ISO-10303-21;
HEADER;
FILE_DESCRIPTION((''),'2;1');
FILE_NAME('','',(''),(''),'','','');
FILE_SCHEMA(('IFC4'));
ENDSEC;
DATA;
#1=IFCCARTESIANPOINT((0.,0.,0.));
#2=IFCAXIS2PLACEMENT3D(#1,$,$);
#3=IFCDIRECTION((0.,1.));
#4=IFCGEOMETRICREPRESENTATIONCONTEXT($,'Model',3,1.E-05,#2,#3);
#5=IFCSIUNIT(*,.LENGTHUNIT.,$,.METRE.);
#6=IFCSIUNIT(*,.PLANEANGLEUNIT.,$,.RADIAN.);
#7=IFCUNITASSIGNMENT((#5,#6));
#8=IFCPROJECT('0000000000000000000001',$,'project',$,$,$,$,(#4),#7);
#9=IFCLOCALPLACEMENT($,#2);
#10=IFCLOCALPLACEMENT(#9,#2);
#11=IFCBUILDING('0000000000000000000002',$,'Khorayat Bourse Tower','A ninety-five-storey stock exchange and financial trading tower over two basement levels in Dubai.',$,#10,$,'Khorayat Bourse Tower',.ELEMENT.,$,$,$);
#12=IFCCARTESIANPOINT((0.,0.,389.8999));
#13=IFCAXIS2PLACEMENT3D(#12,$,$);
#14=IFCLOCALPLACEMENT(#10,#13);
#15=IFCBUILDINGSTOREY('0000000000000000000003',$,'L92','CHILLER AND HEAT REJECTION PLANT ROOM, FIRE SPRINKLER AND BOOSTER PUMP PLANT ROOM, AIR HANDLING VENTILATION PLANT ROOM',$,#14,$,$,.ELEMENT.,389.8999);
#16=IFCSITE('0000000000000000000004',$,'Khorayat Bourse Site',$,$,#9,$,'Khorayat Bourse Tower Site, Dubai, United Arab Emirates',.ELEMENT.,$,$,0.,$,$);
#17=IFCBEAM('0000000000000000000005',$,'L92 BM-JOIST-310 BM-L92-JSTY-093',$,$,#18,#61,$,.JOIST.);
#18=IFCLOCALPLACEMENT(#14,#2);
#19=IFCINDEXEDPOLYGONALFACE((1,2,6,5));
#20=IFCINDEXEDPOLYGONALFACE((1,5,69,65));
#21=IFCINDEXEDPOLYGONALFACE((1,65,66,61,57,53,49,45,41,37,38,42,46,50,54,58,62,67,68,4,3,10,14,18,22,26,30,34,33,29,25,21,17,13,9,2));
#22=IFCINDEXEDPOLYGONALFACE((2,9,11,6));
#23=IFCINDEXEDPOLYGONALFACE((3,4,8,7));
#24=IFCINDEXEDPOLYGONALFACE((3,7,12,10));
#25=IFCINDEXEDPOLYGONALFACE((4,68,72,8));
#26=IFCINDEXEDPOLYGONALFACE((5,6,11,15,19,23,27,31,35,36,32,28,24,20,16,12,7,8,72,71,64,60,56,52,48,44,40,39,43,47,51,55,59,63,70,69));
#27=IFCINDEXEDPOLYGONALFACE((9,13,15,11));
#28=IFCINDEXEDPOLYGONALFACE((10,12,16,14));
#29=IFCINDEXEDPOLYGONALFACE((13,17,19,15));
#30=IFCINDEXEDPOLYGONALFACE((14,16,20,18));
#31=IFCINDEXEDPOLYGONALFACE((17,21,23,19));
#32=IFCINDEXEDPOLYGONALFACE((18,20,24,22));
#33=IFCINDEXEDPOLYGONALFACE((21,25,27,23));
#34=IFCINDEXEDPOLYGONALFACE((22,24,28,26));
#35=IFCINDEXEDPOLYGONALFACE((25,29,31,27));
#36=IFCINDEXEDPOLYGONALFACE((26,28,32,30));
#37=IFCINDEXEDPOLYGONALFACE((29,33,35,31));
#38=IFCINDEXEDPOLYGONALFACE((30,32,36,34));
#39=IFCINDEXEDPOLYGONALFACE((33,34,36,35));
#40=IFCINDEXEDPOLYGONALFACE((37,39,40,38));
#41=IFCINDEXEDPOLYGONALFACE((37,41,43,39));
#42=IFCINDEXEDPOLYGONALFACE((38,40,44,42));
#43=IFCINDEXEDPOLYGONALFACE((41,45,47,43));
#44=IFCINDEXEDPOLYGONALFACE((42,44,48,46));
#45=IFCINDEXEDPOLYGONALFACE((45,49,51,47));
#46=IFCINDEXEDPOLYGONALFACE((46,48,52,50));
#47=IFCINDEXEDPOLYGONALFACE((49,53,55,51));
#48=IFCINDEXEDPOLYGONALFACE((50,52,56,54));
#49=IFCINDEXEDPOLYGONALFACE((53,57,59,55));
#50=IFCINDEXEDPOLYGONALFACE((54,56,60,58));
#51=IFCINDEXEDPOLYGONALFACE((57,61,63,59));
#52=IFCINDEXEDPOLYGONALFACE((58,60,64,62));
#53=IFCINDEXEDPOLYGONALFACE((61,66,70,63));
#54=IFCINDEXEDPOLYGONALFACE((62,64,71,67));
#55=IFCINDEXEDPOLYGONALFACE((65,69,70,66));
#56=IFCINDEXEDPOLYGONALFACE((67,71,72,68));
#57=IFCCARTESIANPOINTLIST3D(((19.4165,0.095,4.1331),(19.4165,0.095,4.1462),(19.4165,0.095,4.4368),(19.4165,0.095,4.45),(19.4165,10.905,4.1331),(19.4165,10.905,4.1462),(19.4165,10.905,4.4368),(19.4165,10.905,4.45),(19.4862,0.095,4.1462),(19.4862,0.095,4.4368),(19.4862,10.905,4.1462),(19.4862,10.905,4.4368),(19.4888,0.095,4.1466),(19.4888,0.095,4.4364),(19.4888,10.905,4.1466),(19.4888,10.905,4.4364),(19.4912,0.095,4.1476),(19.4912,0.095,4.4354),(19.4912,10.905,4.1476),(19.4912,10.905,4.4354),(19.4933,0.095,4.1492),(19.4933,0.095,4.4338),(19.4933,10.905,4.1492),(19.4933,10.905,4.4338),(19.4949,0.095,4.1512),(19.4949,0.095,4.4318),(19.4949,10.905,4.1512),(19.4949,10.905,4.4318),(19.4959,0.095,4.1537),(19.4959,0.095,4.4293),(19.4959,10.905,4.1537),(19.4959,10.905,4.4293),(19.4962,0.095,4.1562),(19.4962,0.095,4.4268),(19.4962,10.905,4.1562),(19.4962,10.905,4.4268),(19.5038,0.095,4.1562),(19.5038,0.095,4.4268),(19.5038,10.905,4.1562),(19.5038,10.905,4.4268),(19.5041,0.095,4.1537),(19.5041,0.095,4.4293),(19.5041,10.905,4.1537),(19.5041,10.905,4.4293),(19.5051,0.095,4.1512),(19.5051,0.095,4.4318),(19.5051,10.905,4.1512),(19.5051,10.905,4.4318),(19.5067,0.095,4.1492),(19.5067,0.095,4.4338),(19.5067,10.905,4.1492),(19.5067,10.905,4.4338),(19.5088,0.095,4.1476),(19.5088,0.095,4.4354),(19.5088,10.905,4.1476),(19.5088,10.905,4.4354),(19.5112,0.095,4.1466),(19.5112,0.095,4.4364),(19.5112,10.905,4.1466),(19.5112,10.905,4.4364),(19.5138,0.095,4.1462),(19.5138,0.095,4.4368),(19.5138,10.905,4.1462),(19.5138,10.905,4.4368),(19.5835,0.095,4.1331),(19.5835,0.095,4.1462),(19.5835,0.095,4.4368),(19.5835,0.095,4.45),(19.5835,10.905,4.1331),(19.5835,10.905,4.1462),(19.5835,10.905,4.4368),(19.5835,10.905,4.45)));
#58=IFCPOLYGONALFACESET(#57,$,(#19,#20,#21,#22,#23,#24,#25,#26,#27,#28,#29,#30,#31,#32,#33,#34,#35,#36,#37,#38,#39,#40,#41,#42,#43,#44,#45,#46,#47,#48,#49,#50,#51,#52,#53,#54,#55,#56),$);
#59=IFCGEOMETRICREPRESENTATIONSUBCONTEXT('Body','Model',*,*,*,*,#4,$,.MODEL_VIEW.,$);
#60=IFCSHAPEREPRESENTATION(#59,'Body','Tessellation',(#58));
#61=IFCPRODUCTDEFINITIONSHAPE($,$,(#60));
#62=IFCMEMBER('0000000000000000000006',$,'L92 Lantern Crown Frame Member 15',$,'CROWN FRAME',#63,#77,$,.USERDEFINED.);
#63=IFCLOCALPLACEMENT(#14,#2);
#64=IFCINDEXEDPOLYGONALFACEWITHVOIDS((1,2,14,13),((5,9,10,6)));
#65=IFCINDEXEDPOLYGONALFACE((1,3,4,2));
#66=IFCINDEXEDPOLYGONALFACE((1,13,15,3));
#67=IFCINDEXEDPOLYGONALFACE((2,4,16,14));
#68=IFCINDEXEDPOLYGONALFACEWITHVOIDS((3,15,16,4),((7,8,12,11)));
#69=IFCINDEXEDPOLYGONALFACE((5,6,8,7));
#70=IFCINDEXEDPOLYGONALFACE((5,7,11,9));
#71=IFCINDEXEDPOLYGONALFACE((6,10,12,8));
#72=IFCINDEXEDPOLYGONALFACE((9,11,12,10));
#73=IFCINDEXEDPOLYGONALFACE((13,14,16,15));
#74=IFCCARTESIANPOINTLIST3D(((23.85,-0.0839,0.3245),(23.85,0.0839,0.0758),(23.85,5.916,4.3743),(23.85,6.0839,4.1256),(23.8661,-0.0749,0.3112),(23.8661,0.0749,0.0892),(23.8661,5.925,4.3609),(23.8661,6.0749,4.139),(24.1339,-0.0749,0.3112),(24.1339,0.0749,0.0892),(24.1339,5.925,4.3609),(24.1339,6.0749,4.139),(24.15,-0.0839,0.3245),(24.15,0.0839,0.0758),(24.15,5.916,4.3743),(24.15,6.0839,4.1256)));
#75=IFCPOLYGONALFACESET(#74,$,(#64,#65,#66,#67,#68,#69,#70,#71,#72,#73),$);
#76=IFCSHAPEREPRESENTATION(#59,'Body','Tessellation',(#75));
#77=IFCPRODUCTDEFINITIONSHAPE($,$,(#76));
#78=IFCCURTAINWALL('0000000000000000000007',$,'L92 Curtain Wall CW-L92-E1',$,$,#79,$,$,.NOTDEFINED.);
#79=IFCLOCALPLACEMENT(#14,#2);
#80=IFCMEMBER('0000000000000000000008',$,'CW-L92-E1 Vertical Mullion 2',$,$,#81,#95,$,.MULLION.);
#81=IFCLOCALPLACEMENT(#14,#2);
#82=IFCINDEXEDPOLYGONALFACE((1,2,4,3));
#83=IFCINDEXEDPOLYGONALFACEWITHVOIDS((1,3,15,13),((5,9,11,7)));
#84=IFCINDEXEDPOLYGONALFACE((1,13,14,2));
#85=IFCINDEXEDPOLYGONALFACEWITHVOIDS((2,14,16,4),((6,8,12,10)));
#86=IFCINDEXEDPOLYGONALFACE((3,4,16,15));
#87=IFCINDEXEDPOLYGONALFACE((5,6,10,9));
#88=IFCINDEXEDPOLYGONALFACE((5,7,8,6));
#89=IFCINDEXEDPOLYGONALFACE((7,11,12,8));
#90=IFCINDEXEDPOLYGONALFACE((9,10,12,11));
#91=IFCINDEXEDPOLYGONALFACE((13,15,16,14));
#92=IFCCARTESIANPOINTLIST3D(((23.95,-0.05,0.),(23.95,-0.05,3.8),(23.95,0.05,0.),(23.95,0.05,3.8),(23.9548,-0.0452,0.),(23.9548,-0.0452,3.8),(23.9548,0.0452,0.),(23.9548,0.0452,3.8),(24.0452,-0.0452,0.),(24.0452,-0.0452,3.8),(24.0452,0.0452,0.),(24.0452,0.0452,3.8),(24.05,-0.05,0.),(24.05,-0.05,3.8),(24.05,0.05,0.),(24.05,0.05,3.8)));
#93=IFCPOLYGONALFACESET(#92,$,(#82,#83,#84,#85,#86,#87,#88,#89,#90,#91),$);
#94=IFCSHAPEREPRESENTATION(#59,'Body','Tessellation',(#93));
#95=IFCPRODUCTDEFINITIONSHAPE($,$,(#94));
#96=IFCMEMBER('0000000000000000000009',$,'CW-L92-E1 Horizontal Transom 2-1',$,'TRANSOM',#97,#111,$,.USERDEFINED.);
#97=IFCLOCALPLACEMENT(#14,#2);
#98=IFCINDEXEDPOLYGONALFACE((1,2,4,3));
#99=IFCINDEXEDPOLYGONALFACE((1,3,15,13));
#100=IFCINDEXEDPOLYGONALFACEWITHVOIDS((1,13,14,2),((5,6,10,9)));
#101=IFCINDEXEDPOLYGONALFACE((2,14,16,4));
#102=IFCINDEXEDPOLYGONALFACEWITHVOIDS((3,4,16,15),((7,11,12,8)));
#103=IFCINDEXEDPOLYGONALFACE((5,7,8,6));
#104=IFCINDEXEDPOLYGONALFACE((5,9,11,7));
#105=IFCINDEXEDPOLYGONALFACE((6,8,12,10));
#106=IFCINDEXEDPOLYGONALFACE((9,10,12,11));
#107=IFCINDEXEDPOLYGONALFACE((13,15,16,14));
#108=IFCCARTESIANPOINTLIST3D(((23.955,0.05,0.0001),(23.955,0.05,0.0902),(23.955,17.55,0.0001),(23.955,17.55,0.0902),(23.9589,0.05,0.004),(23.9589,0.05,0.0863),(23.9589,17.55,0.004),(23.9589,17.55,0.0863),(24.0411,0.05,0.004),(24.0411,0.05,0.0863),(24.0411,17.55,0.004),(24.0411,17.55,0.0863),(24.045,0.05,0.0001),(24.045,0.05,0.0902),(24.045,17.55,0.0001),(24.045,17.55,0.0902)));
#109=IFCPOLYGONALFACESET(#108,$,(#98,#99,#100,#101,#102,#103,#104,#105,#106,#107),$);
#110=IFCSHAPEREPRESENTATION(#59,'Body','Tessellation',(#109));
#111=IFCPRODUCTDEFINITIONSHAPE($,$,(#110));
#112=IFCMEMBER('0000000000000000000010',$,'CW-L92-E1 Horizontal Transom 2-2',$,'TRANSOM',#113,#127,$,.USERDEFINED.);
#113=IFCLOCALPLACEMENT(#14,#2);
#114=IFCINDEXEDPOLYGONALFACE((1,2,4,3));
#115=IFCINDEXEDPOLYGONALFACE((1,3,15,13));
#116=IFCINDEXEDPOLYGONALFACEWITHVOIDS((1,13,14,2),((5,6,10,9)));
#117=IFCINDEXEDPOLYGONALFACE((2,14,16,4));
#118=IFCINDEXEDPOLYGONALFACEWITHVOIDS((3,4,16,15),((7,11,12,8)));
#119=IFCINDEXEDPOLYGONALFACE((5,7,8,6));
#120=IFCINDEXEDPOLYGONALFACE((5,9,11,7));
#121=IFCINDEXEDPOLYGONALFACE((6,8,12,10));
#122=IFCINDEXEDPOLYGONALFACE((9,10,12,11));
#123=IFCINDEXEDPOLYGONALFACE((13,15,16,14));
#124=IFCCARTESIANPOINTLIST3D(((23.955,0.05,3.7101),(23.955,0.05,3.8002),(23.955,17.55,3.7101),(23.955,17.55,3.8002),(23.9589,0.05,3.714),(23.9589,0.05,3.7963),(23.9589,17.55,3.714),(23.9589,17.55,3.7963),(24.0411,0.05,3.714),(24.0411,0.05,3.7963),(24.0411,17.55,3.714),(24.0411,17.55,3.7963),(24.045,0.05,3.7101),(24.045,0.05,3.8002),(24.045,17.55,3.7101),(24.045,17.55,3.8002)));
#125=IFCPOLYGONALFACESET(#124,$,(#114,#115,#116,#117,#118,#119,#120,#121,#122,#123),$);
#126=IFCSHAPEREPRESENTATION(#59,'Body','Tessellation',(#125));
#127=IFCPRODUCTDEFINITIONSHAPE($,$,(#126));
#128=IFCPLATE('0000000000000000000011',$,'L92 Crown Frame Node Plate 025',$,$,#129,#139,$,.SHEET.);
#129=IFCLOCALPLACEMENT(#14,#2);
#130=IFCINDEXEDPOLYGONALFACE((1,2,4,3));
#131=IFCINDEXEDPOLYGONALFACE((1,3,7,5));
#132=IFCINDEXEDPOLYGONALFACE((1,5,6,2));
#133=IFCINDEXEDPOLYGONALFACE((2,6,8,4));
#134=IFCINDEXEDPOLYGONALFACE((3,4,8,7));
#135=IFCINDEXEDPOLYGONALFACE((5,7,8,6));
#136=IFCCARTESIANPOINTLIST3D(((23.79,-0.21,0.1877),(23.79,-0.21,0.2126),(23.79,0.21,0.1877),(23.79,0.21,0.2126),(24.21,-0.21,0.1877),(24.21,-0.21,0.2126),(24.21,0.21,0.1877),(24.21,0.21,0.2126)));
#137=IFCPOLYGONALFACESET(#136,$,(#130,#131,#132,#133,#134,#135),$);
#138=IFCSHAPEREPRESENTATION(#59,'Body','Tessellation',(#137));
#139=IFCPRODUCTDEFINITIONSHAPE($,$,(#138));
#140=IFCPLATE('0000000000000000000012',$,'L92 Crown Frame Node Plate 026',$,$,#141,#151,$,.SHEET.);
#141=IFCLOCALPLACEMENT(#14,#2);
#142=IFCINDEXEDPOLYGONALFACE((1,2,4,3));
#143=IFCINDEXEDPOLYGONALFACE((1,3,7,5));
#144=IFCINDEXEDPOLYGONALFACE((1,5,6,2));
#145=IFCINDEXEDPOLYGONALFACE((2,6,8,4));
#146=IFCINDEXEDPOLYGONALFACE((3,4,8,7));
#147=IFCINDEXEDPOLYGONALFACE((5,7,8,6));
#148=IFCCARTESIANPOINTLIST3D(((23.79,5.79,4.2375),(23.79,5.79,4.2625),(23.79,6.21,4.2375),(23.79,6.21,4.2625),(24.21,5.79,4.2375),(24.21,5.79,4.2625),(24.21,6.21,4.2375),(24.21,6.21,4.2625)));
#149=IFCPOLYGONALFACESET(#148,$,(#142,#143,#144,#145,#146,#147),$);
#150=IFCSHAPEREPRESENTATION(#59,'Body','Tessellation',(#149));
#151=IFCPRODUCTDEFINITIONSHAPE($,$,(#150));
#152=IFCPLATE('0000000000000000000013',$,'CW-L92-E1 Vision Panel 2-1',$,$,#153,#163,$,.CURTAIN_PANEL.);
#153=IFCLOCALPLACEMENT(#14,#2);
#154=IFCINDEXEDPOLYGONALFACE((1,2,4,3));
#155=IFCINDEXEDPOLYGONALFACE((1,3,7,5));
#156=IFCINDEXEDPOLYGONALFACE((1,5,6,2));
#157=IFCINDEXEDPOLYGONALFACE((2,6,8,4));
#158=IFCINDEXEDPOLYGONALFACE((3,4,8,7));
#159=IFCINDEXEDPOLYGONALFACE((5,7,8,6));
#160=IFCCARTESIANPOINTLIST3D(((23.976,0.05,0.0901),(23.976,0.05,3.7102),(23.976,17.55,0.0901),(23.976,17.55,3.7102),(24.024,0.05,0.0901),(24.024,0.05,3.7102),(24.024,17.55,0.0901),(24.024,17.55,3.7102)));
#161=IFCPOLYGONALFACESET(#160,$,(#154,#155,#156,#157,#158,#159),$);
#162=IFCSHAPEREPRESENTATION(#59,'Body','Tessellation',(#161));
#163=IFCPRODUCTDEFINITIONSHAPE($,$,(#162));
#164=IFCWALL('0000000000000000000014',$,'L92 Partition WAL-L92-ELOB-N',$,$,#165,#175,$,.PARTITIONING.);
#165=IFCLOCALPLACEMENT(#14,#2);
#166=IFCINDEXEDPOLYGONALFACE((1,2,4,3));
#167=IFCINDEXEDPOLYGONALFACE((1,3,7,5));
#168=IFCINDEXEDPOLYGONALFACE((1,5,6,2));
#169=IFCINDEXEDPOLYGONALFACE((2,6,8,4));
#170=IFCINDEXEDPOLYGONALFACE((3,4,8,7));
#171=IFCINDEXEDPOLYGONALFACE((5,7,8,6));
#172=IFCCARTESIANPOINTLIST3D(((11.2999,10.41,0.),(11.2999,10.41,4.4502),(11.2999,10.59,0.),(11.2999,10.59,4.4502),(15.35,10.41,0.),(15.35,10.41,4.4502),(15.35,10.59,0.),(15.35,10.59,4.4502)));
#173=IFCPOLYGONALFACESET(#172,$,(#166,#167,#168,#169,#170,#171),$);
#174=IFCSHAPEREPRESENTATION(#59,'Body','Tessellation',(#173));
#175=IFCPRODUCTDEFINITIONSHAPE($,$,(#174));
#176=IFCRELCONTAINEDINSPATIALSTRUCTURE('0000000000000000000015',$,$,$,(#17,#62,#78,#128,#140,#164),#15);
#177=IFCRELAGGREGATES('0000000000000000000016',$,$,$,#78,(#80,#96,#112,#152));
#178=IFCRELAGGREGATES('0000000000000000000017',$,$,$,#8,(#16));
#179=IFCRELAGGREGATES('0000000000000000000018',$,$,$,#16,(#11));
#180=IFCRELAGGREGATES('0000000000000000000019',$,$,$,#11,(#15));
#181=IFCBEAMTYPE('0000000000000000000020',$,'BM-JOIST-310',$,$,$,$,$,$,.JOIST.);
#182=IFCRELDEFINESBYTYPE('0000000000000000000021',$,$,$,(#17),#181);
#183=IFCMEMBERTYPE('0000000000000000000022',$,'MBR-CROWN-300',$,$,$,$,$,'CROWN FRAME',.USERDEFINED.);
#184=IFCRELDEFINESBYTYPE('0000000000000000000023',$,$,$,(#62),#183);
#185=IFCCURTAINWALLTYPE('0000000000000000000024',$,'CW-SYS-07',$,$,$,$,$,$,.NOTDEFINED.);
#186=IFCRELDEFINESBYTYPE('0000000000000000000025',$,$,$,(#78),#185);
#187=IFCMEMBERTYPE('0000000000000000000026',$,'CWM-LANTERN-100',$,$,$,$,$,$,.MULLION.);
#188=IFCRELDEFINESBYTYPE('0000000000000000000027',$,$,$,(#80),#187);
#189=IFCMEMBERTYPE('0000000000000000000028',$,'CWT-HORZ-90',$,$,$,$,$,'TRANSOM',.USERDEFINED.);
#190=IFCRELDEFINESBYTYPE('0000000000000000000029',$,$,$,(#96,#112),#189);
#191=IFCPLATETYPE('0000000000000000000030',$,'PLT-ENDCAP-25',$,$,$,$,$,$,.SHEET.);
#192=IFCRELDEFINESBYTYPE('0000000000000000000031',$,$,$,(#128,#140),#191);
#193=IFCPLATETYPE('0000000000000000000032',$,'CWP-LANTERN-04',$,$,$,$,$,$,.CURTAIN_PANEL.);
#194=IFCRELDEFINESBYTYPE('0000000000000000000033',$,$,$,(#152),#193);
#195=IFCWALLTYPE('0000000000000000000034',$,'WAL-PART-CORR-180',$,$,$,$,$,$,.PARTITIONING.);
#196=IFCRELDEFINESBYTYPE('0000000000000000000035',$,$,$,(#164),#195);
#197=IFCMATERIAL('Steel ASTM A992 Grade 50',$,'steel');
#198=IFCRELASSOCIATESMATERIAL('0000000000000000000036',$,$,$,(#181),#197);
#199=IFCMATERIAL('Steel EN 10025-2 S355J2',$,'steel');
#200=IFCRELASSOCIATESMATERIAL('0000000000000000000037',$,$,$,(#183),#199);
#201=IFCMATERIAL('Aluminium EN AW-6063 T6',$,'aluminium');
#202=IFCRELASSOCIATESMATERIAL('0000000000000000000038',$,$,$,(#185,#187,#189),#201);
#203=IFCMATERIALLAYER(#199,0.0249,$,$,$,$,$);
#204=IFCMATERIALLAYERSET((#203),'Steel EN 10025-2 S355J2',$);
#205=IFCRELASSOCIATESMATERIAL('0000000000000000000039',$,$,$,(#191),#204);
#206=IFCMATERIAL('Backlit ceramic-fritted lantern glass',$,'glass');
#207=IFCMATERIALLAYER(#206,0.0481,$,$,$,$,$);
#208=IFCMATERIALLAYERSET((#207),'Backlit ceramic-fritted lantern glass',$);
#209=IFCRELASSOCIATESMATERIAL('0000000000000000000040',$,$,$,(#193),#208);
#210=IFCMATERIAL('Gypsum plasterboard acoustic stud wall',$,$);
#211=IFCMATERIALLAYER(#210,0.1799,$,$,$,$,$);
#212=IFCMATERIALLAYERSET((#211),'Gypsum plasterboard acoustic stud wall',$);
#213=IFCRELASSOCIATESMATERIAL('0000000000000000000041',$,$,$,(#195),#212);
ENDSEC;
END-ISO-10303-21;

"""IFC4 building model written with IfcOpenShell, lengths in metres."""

from ifc_helpers import new_model, si_unit, direction, frame, frame_2d, origin, origin_2d, place, context, subcontext, project, spatial, rectangle, hollow_rectangle, i_section, extrude, source, transform, mapped, material, layer, layer_set, material_profile, profile_set, type_object, element, aggregate, save


model = new_model("IFC4")

# Units and contexts
model_context = context("Model", 3, precision=1e-05, world=origin(), true_north=direction((0.0, 1.0)))
body_context = subcontext(model_context, "Body", "Model", "MODEL_VIEW")
ifc_project = project(units=[si_unit("LENGTHUNIT", "METRE"), si_unit("PLANEANGLEUNIT", "RADIAN")], contexts=[model_context])

# Site, building, storey
site_placement = place(None, origin())
site = spatial("IfcSite", under=ifc_project, at=site_placement, Name="Khorayat Bourse Site", LongName="Khorayat Bourse Tower Site, Dubai, United Arab Emirates", CompositionType="ELEMENT", RefElevation=0.0)
building_placement = place(site_placement, origin())
building = spatial("IfcBuilding", under=site, at=building_placement, Name="Khorayat Bourse Tower", Description="A ninety-five-storey stock exchange and financial trading tower over two basement levels in Dubai.", LongName="Khorayat Bourse Tower", CompositionType="ELEMENT")
storey_placement = place(building_placement, frame((0.0, 0.0, 389.8999)))
storey = spatial("IfcBuildingStorey", under=building, at=storey_placement, Name="L92", Description="CHILLER AND HEAT REJECTION PLANT ROOM, FIRE SPRINKLER AND BOOSTER PUMP PLANT ROOM, AIR HANDLING VENTILATION PLANT ROOM", CompositionType="ELEMENT", Elevation=389.8999)

# Shared definitions
ifc_material_1 = material(Name="Steel EN 10025-2 S355J2", Category="steel")

# Beam
ifc_material_2 = material(Name="Steel ASTM A992 Grade 50", Category="steel")
ifc_material_profile_1 = material_profile(ifc_material_2, i_section(OverallWidth=0.167, OverallDepth=0.3169, WebThickness=0.0076, FlangeThickness=0.0132, FilletRadius=0.01, at=origin_2d()), Name="W310X52")
ifc_profile_set_1 = profile_set([ifc_material_profile_1], Name="Steel ASTM A992 Grade 50")
beam_type_1 = type_object("IfcBeamType", Name="BM-JOIST-310", PredefinedType="JOIST", material=ifc_profile_set_1)
shared_shape_1 = source(origin(), body_context, "Body", "SweptSolid", [
    extrude(i_section(OverallWidth=0.167, OverallDepth=0.3169, WebThickness=0.0076, FlangeThickness=0.0132, FilletRadius=0.01, at=origin_2d()), origin(), (0.0, 0.0, 1.0), 10.8101),
])
beam_1_placement = place(storey_placement, frame((19.5, 0.095, 4.2915), z_axis=(0.0, 1.0, 0.0), x_axis=(-1.0, 0.0, 0.0)))
element("IfcBeam", 1, at=beam_1_placement, inside=storey, type_object=beam_type_1, Name="L92 BM-JOIST-310 BM-L92-JSTY-093", PredefinedType="JOIST", context=body_context, shape_type="MappedRepresentation", body=[
    mapped(shared_shape_1, transform((0.0, 0.0, 0.0), scale=1.0)),
])

# Member
ifc_material_profile_2 = material_profile(ifc_material_1, hollow_rectangle(XDim=0.3, YDim=0.3, WallThickness=0.0161, at=origin_2d()), Name="HSS 300x300x16")
ifc_profile_set_2 = profile_set([ifc_material_profile_2], Name="Steel EN 10025-2 S355J2")
member_type_1 = type_object("IfcMemberType", Name="MBR-CROWN-300", ElementType="CROWN FRAME", PredefinedType="USERDEFINED", material=ifc_profile_set_2)
shared_shape_2 = source(origin(), body_context, "Body", "SweptSolid", [
    extrude(hollow_rectangle(XDim=0.3, YDim=0.3, WallThickness=0.0161, at=origin_2d()), origin(), (0.0, 0.0, 1.0), 7.2388),
])
member_1_placement = place(storey_placement, frame((24.0, 0.0, 0.2002), z_axis=(0.0, 0.828861, 0.559454), x_axis=(-1.0, 0.0, 0.0)))
element("IfcMember", 2, at=member_1_placement, inside=storey, type_object=member_type_1, Name="L92 Lantern Crown Frame Member 15", ObjectType="CROWN FRAME", PredefinedType="USERDEFINED", context=body_context, shape_type="MappedRepresentation", body=[
    mapped(shared_shape_2, transform((0.0, 0.0, 0.0), scale=1.0)),
])

# Curtain wall, members
ifc_material_3 = material(Name="Aluminium EN AW-6063 T6", Category="aluminium")
curtain_wall_type = type_object("IfcCurtainWallType", Name="CW-SYS-07", PredefinedType="NOTDEFINED", material=ifc_material_3)
curtain_wall_placement = place(storey_placement, origin())
curtain_wall = element("IfcCurtainWall", 3, at=curtain_wall_placement, inside=storey, type_object=curtain_wall_type, Name="L92 Curtain Wall CW-L92-E1", PredefinedType="NOTDEFINED")
ifc_material_profile_3 = material_profile(ifc_material_3, hollow_rectangle(XDim=0.1001, YDim=0.1001, WallThickness=0.0049, at=origin_2d()), Name="ALU 100x100x5")
ifc_profile_set_3 = profile_set([ifc_material_profile_3], Name="Aluminium EN AW-6063 T6")
member_type_2 = type_object("IfcMemberType", Name="CWM-LANTERN-100", PredefinedType="MULLION", material=ifc_profile_set_3)
shared_shape_3 = source(origin(), body_context, "Body", "SweptSolid", [
    extrude(hollow_rectangle(XDim=0.1001, YDim=0.1001, WallThickness=0.0049, at=origin_2d()), origin(), (0.0, 0.0, 1.0), 3.8),
])
member_2_placement = place(storey_placement, frame((24.0, 0.0, 0.0), z_axis=(0.0, 0.0, 1.0), x_axis=(-1.0, 0.0, 0.0)))
member_2 = element("IfcMember", 4, at=member_2_placement, type_object=member_type_2, Name="CW-L92-E1 Vertical Mullion 2", PredefinedType="MULLION", context=body_context, shape_type="MappedRepresentation", body=[
    mapped(shared_shape_3, transform((0.0, 0.0, 0.0), scale=1.0)),
])
ifc_material_profile_4 = material_profile(ifc_material_3, hollow_rectangle(XDim=0.0901, YDim=0.0901, WallThickness=0.0039, at=origin_2d()), Name="ALU 90x90x4")
ifc_profile_set_4 = profile_set([ifc_material_profile_4], Name="Aluminium EN AW-6063 T6")
member_type_3 = type_object("IfcMemberType", Name="CWT-HORZ-90", ElementType="TRANSOM", PredefinedType="USERDEFINED", material=ifc_profile_set_4)
shared_shape_4 = source(origin(), body_context, "Body", "SweptSolid", [
    extrude(hollow_rectangle(XDim=0.0901, YDim=0.0901, WallThickness=0.0039, at=origin_2d()), origin(), (0.0, 0.0, 1.0), 17.5),
])
member_3_placement = place(storey_placement, frame((24.0, 0.05, 0.0452), z_axis=(0.0, 1.0, 0.0), x_axis=(-1.0, 0.0, 0.0)))
member_3 = element("IfcMember", 5, at=member_3_placement, type_object=member_type_3, Name="CW-L92-E1 Horizontal Transom 2-1", ObjectType="TRANSOM", PredefinedType="USERDEFINED", context=body_context, shape_type="MappedRepresentation", body=[
    mapped(shared_shape_4, transform((0.0, 0.0, 0.0), scale=1.0)),
])
member_4_placement = place(storey_placement, frame((24.0, 0.05, 3.7551), z_axis=(0.0, 1.0, 0.0), x_axis=(-1.0, 0.0, 0.0)))
member_4 = element("IfcMember", 6, at=member_4_placement, type_object=member_type_3, Name="CW-L92-E1 Horizontal Transom 2-2", ObjectType="TRANSOM", PredefinedType="USERDEFINED", context=body_context, shape_type="MappedRepresentation", body=[
    mapped(shared_shape_4, transform((0.0, 0.0, 0.0), scale=1.0)),
])

# Plates
ifc_layer_1 = layer(ifc_material_1, 0.0249)
ifc_layer_set_1 = layer_set([ifc_layer_1], Name="Steel EN 10025-2 S355J2")
plate_type_1 = type_object("IfcPlateType", Name="PLT-ENDCAP-25", PredefinedType="SHEET", material=ifc_layer_set_1)
shared_shape_5 = source(origin(), body_context, "Body", "SweptSolid", [
    extrude(rectangle(XDim=0.4199, YDim=0.4199, at=origin_2d()), origin(), (0.0, 0.0, 1.0), 0.0249),
])
for number, where, z_axis, x_axis, name in (
    (7, (24.0, 0.0, 0.1877), (0.0, 0.0, 1.0), (1.0, 0.0, 0.0), "L92 Crown Frame Node Plate 025"),
    (8, (24.0, 6.0, 4.2375), (0.0, 0.0, 1.0), (1.0, 0.0, 0.0), "L92 Crown Frame Node Plate 026"),
):
    element("IfcPlate", number, at=place(storey_placement, frame(where, z_axis=z_axis, x_axis=x_axis)), inside=storey, type_object=plate_type_1, Name=name, PredefinedType="SHEET", context=body_context, shape_type="MappedRepresentation", body=[
        mapped(shared_shape_5, transform((0.0, 0.0, 0.0), scale=1.0)),
    ])

# Plate
ifc_material_4 = material(Name="Backlit ceramic-fritted lantern glass", Category="glass")
ifc_layer_2 = layer(ifc_material_4, 0.0481)
ifc_layer_set_2 = layer_set([ifc_layer_2], Name="Backlit ceramic-fritted lantern glass")
plate_type_2 = type_object("IfcPlateType", Name="CWP-LANTERN-04", PredefinedType="CURTAIN_PANEL", material=ifc_layer_set_2)
shared_shape_6 = source(origin(), body_context, "Body", "SweptSolid", [
    extrude(rectangle(XDim=17.5, YDim=0.0481, at=origin_2d()), origin(), (0.0, 0.0, 1.0), 3.6201),
])
plate_placement = place(storey_placement, frame((24.0, 8.8, 0.0901), z_axis=(0.0, 0.0, 1.0), x_axis=(0.0, 1.0, 0.0)))
plate = element("IfcPlate", 9, at=plate_placement, type_object=plate_type_2, Name="CW-L92-E1 Vision Panel 2-1", PredefinedType="CURTAIN_PANEL", context=body_context, shape_type="MappedRepresentation", body=[
    mapped(shared_shape_6, transform((0.0, 0.0, 0.0), scale=1.0)),
])
aggregate(curtain_wall, [member_2, member_3, member_4, plate])

# Wall
ifc_material_5 = material(Name="Gypsum plasterboard acoustic stud wall")
ifc_layer_3 = layer(ifc_material_5, 0.1799)
ifc_layer_set_3 = layer_set([ifc_layer_3], Name="Gypsum plasterboard acoustic stud wall")
wall_type_1 = type_object("IfcWallType", Name="WAL-PART-CORR-180", PredefinedType="PARTITIONING", material=ifc_layer_set_3)
shared_shape_7 = source(origin(), body_context, "Body", "SweptSolid", [
    extrude(rectangle(XDim=4.05, YDim=0.1799, at=frame_2d((2.0249, 0.0))), origin(), (0.0, 0.0, 1.0), 4.4502),
])
wall_1_placement = place(storey_placement, frame((11.3, 10.5, 0.0), z_axis=(0.0, 0.0, 1.0), x_axis=(1.0, 0.0, 0.0)))
element("IfcWall", 10, at=wall_1_placement, inside=storey, type_object=wall_type_1, Name="L92 Partition WAL-L92-ELOB-N", PredefinedType="PARTITIONING", context=body_context, shape_type="MappedRepresentation", body=[
    mapped(shared_shape_7, transform((0.0, 0.0, 0.0), scale=1.0)),
])

save(model, "model.ifc")
